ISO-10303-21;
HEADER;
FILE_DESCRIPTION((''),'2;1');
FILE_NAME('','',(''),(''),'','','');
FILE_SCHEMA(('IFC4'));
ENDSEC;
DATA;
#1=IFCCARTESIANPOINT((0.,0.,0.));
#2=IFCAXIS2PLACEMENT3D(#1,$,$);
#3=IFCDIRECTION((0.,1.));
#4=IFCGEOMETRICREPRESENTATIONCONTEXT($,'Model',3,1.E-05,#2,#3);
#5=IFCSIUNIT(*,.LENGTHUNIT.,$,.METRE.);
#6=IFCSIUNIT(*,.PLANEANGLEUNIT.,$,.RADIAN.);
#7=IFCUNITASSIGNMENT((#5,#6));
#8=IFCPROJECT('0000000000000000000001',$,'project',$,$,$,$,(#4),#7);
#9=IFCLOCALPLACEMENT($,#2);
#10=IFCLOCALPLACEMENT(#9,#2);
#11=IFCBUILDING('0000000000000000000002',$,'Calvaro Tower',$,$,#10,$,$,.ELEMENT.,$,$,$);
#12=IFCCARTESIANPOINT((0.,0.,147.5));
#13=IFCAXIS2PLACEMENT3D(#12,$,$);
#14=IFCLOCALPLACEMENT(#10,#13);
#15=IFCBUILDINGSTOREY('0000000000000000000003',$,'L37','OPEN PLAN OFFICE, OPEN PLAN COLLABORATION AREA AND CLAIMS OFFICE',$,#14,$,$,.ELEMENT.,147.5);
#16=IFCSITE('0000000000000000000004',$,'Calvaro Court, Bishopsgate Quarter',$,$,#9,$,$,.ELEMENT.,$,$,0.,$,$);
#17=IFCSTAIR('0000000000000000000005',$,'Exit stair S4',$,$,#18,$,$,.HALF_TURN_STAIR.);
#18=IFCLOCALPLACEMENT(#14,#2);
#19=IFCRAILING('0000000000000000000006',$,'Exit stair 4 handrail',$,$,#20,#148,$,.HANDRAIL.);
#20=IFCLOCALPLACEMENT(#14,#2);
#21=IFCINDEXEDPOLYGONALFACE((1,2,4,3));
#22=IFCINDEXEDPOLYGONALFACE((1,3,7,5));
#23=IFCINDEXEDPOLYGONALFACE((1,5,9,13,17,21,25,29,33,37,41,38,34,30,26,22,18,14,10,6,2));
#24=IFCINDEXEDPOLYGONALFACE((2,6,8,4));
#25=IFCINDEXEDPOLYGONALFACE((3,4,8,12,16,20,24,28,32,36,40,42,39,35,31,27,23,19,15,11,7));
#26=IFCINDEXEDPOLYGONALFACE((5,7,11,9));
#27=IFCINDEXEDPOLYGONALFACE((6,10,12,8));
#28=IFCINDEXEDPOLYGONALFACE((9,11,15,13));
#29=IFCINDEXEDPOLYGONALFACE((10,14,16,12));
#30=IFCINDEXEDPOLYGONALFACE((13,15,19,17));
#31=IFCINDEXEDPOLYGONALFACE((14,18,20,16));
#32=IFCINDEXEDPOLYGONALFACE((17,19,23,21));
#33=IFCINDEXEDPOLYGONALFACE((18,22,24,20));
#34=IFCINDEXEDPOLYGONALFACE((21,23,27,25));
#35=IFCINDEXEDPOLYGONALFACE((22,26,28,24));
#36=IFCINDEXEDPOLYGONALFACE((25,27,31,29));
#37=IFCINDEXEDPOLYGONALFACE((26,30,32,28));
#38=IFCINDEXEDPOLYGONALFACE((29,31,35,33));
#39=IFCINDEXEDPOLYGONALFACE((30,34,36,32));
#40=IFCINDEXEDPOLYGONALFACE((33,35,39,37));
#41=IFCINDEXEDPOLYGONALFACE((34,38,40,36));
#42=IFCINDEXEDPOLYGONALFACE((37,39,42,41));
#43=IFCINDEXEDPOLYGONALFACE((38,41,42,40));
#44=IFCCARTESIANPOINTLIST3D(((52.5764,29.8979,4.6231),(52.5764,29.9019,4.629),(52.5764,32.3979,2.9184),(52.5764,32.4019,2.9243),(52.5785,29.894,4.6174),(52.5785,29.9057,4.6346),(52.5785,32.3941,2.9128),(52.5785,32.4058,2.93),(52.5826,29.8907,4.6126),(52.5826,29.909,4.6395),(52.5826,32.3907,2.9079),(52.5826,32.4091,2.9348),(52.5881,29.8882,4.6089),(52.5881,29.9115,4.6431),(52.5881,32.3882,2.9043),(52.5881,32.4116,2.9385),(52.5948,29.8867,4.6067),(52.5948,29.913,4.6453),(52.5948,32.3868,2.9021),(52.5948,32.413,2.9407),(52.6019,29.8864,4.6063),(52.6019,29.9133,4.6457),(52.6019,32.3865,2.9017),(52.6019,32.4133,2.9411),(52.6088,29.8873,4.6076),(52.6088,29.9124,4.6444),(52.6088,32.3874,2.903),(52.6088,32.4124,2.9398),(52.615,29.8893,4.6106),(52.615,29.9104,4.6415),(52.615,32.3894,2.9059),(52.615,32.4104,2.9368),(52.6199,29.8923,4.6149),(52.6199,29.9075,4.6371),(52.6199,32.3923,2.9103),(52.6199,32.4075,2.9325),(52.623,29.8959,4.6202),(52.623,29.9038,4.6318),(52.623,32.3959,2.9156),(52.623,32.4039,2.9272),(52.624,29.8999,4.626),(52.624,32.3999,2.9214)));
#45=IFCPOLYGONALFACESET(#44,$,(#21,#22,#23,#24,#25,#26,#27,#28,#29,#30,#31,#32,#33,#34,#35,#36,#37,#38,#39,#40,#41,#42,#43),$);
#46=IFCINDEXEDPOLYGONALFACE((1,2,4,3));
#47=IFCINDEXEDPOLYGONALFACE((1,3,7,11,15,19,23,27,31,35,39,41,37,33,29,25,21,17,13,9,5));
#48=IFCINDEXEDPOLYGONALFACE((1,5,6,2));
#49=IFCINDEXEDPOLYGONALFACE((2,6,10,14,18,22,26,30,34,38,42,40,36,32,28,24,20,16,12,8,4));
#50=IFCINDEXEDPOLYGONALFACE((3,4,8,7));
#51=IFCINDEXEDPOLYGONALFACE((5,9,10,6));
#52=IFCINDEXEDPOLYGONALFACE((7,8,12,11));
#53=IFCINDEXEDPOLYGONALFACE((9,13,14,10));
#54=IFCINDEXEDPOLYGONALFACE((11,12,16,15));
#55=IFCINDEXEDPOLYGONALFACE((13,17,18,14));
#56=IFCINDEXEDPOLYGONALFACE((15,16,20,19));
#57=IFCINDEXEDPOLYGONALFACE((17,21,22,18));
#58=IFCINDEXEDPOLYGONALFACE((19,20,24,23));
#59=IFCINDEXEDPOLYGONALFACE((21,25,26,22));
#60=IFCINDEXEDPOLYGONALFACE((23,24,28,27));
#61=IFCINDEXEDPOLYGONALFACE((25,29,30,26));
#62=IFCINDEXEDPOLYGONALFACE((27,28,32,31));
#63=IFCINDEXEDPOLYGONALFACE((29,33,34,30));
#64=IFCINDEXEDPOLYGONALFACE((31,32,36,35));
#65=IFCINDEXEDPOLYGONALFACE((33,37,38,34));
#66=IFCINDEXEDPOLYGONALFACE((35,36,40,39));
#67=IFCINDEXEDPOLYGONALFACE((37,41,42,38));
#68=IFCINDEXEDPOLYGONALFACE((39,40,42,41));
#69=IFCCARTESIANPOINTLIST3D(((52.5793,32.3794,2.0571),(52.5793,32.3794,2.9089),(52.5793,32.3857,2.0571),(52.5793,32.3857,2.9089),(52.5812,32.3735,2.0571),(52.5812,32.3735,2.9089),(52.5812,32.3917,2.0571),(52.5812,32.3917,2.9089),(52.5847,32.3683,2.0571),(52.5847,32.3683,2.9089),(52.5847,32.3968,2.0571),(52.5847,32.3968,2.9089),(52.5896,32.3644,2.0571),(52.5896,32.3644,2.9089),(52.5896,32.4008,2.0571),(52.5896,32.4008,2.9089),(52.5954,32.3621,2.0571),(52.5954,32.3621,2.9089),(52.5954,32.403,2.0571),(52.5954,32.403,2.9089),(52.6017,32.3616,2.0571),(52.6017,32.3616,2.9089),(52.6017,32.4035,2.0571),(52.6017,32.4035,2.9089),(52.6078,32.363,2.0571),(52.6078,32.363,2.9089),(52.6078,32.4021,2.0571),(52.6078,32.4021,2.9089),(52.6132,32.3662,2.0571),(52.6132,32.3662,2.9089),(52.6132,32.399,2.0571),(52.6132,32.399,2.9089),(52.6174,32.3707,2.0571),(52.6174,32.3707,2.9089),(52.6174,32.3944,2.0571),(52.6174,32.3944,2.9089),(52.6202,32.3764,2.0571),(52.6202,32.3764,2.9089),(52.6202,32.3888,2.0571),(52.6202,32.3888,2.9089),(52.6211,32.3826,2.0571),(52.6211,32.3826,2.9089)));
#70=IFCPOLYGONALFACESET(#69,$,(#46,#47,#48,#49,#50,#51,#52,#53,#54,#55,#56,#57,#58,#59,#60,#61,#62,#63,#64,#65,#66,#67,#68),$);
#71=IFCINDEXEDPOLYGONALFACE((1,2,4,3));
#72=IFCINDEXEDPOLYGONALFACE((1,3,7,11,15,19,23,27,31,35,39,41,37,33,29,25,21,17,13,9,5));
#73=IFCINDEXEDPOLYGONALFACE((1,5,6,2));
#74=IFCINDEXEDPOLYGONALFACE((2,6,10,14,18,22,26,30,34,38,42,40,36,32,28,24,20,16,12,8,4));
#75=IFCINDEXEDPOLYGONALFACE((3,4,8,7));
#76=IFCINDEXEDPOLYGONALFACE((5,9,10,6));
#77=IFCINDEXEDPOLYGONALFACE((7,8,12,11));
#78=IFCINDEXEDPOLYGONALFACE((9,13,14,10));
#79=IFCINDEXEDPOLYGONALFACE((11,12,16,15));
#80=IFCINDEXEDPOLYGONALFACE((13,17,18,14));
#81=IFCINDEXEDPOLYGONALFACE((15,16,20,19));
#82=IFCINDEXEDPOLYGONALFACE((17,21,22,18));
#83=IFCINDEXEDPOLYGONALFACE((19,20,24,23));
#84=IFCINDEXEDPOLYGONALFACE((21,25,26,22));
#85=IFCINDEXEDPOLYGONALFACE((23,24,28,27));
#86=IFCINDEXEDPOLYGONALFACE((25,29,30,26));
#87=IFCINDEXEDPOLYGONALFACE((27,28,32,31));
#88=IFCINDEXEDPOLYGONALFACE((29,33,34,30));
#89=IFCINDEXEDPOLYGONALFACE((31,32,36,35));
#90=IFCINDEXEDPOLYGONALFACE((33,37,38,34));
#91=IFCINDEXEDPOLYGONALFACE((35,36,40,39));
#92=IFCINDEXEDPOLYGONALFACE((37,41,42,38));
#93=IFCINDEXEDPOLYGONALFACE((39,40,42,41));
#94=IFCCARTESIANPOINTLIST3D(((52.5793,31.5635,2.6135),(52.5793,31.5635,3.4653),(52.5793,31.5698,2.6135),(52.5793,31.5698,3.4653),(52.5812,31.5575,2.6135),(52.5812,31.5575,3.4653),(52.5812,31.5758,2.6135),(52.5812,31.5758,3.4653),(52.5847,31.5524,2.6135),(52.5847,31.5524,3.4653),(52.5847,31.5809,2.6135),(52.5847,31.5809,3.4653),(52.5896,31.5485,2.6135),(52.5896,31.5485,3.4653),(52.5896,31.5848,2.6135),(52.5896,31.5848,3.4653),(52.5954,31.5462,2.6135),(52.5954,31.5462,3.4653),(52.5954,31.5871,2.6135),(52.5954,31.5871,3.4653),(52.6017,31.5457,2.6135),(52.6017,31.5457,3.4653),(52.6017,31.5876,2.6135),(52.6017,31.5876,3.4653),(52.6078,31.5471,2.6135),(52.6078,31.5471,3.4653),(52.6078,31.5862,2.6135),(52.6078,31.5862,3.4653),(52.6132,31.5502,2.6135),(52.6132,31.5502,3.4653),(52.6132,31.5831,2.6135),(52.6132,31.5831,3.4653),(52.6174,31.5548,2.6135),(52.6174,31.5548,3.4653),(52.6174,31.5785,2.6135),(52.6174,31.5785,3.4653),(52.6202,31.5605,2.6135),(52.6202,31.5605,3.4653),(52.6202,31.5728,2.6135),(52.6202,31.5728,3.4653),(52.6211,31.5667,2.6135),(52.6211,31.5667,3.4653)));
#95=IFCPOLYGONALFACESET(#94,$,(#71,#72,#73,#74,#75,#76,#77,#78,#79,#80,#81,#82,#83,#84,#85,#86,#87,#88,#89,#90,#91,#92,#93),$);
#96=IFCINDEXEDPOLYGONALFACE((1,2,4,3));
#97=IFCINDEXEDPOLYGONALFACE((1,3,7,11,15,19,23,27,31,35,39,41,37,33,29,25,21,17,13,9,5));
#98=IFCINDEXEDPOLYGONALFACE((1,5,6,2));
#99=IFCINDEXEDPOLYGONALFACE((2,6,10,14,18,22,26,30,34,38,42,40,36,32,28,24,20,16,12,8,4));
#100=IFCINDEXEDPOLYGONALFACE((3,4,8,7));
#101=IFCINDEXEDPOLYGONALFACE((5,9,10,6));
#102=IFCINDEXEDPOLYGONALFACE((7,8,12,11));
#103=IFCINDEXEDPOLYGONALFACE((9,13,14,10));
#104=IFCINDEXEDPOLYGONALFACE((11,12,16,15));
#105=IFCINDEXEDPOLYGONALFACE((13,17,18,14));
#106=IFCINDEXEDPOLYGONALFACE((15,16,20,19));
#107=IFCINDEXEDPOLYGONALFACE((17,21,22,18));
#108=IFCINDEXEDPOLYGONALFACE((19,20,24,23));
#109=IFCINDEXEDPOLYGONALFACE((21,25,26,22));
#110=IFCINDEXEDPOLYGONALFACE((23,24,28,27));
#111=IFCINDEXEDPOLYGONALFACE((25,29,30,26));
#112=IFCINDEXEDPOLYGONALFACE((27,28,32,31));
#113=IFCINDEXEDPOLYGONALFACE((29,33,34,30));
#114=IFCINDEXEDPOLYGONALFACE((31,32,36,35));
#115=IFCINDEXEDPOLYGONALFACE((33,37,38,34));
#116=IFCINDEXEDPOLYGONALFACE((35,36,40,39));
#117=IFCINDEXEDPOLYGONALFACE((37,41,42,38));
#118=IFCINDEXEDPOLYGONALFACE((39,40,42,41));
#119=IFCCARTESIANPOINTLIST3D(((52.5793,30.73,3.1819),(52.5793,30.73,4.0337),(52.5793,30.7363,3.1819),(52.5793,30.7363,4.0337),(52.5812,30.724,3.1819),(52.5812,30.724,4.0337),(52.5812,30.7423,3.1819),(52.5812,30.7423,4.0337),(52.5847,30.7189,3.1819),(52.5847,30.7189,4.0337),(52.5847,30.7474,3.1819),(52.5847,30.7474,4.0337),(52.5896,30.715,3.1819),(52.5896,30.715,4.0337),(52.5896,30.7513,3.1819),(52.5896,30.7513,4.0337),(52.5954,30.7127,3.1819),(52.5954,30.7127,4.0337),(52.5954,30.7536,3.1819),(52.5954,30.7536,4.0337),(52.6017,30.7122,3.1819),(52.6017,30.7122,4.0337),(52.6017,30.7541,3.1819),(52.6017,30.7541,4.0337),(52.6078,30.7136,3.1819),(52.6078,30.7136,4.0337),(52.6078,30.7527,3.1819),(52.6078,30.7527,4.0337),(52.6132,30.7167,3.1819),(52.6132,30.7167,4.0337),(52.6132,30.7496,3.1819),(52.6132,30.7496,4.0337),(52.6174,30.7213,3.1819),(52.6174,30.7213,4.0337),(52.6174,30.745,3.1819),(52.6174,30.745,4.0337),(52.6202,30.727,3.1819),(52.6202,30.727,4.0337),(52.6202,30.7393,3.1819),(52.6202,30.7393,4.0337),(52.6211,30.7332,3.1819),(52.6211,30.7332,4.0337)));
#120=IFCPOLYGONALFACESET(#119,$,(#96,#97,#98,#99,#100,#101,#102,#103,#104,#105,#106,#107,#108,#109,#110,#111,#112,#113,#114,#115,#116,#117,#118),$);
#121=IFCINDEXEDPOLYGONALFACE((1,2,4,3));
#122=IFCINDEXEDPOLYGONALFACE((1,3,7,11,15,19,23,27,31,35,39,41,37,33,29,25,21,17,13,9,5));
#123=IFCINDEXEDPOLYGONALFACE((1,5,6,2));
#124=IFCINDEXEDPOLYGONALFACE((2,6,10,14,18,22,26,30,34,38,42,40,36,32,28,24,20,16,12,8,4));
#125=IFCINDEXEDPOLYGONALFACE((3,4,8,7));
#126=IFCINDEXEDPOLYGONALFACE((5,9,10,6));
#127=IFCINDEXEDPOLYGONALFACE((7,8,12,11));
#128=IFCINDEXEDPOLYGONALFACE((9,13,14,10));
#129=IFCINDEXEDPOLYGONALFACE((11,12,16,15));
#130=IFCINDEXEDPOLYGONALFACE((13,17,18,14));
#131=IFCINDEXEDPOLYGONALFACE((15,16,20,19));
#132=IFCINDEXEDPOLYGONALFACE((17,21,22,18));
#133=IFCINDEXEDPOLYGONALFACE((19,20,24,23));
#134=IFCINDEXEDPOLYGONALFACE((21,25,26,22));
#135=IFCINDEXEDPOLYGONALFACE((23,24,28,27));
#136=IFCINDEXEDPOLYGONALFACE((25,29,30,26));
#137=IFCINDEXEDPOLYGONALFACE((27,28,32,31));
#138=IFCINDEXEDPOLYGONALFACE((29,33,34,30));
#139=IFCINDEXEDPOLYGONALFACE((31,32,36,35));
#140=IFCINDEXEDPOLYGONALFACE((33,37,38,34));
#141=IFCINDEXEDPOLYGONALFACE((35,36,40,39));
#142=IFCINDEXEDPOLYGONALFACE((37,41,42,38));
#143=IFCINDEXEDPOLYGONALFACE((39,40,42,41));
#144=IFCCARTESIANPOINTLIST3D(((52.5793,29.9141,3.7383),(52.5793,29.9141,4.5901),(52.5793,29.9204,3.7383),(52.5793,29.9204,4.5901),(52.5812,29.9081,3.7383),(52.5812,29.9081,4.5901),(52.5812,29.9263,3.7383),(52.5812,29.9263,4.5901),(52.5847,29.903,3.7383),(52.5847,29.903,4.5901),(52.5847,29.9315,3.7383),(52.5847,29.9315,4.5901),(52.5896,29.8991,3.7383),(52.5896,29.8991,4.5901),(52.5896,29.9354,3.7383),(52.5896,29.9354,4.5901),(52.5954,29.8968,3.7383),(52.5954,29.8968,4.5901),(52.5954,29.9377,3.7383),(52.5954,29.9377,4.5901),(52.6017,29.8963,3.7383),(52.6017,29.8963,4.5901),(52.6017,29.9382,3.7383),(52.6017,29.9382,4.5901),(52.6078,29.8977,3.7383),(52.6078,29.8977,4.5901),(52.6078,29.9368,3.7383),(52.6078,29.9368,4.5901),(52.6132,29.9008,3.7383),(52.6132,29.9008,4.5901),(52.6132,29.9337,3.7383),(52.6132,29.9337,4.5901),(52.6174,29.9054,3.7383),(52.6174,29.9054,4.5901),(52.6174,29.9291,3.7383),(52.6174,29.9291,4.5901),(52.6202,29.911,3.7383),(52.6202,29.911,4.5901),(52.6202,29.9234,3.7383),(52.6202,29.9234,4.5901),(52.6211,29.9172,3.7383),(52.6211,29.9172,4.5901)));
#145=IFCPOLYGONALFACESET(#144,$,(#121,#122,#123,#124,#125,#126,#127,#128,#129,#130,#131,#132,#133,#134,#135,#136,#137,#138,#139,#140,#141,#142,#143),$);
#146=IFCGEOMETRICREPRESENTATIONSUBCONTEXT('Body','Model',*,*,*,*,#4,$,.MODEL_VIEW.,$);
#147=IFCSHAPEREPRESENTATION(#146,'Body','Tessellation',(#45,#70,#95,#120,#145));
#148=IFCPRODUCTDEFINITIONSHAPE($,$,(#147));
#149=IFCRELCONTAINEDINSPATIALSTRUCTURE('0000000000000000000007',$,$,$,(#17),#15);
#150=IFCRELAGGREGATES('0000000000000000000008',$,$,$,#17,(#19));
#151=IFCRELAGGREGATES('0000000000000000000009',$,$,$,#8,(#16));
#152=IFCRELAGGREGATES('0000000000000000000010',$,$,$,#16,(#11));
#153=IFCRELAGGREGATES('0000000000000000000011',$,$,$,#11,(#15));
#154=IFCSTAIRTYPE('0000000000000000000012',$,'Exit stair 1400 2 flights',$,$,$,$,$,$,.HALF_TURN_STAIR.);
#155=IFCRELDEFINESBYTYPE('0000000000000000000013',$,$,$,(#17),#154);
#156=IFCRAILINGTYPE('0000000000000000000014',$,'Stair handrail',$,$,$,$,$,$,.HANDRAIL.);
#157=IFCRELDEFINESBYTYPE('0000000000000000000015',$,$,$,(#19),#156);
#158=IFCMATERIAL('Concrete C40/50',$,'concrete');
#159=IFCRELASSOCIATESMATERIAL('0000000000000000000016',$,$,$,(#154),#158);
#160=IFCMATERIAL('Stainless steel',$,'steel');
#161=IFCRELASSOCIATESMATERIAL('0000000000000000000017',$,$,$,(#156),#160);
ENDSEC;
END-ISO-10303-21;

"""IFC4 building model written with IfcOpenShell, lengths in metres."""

from ifc_helpers import new_model, si_unit, direction, frame, origin, origin_2d, place, context, subcontext, project, spatial, circle, extrude, material, type_object, element, aggregate, save


model = new_model("IFC4")

# Units and contexts
model_context = context("Model", 3, precision=1e-05, world=origin(), true_north=direction((0.0, 1.0)))
body_context = subcontext(model_context, "Body", "Model", "MODEL_VIEW")
ifc_project = project(units=[si_unit("LENGTHUNIT", "METRE"), si_unit("PLANEANGLEUNIT", "RADIAN")], contexts=[model_context])

# Site, building, storey
site_placement = place(None, origin())
site = spatial("IfcSite", under=ifc_project, at=site_placement, Name="Calvaro Court, Bishopsgate Quarter", CompositionType="ELEMENT", RefElevation=0.0)
building_placement = place(site_placement, origin())
building = spatial("IfcBuilding", under=site, at=building_placement, Name="Calvaro Tower", CompositionType="ELEMENT")
storey_placement = place(building_placement, frame((0.0, 0.0, 147.5)))
storey = spatial("IfcBuildingStorey", under=building, at=storey_placement, Name="L37", Description="OPEN PLAN OFFICE, OPEN PLAN COLLABORATION AREA AND CLAIMS OFFICE", CompositionType="ELEMENT", Elevation=147.5)

# Stair
ifc_material_1 = material(Name="Concrete C40/50", Category="concrete")
stair_type = type_object("IfcStairType", Name="Exit stair 1400 2 flights", PredefinedType="HALF_TURN_STAIR", material=ifc_material_1)
stair_1_placement = place(storey_placement, origin())
stair_1 = element("IfcStair", 1, at=stair_1_placement, inside=storey, type_object=stair_type, Name="Exit stair S4", PredefinedType="HALF_TURN_STAIR")

# Railing
ifc_material_2 = material(Name="Stainless steel", Category="steel")
railing_type = type_object("IfcRailingType", Name="Stair handrail", PredefinedType="HANDRAIL", material=ifc_material_2)
railing_1_placement = place(storey_placement, frame((52.6001, 32.3999, 2.0454)))
railing_1 = element("IfcRailing", 2, at=railing_1_placement, type_object=railing_type, Name="Exit stair 4 handrail", PredefinedType="HANDRAIL", context=body_context, shape_type="SweptSolid", body=[
    extrude(circle(Radius=0.0239, at=origin_2d()), frame((0.0, 0.0, 0.876), z_axis=(0.0, -0.826221, 0.563347), x_axis=(1.0, 0.0, 0.0)), (0.0, 0.0, 1.0), 3.0259),
    extrude(circle(Radius=0.021, at=origin_2d()), frame((0.0, -0.0173, 0.0117)), (0.0, 0.0, 1.0), 0.8518),
    extrude(circle(Radius=0.021, at=origin_2d()), frame((0.0, -0.8333, 0.5681)), (0.0, 0.0, 1.0), 0.8518),
    extrude(circle(Radius=0.021, at=origin_2d()), frame((0.0, -1.6667, 1.1365)), (0.0, 0.0, 1.0), 0.8518),
    extrude(circle(Radius=0.021, at=origin_2d()), frame((0.0, -2.4827, 1.6929)), (0.0, 0.0, 1.0), 0.8518),
])
aggregate(stair_1, [railing_1])

save(model, "model.ifc")
